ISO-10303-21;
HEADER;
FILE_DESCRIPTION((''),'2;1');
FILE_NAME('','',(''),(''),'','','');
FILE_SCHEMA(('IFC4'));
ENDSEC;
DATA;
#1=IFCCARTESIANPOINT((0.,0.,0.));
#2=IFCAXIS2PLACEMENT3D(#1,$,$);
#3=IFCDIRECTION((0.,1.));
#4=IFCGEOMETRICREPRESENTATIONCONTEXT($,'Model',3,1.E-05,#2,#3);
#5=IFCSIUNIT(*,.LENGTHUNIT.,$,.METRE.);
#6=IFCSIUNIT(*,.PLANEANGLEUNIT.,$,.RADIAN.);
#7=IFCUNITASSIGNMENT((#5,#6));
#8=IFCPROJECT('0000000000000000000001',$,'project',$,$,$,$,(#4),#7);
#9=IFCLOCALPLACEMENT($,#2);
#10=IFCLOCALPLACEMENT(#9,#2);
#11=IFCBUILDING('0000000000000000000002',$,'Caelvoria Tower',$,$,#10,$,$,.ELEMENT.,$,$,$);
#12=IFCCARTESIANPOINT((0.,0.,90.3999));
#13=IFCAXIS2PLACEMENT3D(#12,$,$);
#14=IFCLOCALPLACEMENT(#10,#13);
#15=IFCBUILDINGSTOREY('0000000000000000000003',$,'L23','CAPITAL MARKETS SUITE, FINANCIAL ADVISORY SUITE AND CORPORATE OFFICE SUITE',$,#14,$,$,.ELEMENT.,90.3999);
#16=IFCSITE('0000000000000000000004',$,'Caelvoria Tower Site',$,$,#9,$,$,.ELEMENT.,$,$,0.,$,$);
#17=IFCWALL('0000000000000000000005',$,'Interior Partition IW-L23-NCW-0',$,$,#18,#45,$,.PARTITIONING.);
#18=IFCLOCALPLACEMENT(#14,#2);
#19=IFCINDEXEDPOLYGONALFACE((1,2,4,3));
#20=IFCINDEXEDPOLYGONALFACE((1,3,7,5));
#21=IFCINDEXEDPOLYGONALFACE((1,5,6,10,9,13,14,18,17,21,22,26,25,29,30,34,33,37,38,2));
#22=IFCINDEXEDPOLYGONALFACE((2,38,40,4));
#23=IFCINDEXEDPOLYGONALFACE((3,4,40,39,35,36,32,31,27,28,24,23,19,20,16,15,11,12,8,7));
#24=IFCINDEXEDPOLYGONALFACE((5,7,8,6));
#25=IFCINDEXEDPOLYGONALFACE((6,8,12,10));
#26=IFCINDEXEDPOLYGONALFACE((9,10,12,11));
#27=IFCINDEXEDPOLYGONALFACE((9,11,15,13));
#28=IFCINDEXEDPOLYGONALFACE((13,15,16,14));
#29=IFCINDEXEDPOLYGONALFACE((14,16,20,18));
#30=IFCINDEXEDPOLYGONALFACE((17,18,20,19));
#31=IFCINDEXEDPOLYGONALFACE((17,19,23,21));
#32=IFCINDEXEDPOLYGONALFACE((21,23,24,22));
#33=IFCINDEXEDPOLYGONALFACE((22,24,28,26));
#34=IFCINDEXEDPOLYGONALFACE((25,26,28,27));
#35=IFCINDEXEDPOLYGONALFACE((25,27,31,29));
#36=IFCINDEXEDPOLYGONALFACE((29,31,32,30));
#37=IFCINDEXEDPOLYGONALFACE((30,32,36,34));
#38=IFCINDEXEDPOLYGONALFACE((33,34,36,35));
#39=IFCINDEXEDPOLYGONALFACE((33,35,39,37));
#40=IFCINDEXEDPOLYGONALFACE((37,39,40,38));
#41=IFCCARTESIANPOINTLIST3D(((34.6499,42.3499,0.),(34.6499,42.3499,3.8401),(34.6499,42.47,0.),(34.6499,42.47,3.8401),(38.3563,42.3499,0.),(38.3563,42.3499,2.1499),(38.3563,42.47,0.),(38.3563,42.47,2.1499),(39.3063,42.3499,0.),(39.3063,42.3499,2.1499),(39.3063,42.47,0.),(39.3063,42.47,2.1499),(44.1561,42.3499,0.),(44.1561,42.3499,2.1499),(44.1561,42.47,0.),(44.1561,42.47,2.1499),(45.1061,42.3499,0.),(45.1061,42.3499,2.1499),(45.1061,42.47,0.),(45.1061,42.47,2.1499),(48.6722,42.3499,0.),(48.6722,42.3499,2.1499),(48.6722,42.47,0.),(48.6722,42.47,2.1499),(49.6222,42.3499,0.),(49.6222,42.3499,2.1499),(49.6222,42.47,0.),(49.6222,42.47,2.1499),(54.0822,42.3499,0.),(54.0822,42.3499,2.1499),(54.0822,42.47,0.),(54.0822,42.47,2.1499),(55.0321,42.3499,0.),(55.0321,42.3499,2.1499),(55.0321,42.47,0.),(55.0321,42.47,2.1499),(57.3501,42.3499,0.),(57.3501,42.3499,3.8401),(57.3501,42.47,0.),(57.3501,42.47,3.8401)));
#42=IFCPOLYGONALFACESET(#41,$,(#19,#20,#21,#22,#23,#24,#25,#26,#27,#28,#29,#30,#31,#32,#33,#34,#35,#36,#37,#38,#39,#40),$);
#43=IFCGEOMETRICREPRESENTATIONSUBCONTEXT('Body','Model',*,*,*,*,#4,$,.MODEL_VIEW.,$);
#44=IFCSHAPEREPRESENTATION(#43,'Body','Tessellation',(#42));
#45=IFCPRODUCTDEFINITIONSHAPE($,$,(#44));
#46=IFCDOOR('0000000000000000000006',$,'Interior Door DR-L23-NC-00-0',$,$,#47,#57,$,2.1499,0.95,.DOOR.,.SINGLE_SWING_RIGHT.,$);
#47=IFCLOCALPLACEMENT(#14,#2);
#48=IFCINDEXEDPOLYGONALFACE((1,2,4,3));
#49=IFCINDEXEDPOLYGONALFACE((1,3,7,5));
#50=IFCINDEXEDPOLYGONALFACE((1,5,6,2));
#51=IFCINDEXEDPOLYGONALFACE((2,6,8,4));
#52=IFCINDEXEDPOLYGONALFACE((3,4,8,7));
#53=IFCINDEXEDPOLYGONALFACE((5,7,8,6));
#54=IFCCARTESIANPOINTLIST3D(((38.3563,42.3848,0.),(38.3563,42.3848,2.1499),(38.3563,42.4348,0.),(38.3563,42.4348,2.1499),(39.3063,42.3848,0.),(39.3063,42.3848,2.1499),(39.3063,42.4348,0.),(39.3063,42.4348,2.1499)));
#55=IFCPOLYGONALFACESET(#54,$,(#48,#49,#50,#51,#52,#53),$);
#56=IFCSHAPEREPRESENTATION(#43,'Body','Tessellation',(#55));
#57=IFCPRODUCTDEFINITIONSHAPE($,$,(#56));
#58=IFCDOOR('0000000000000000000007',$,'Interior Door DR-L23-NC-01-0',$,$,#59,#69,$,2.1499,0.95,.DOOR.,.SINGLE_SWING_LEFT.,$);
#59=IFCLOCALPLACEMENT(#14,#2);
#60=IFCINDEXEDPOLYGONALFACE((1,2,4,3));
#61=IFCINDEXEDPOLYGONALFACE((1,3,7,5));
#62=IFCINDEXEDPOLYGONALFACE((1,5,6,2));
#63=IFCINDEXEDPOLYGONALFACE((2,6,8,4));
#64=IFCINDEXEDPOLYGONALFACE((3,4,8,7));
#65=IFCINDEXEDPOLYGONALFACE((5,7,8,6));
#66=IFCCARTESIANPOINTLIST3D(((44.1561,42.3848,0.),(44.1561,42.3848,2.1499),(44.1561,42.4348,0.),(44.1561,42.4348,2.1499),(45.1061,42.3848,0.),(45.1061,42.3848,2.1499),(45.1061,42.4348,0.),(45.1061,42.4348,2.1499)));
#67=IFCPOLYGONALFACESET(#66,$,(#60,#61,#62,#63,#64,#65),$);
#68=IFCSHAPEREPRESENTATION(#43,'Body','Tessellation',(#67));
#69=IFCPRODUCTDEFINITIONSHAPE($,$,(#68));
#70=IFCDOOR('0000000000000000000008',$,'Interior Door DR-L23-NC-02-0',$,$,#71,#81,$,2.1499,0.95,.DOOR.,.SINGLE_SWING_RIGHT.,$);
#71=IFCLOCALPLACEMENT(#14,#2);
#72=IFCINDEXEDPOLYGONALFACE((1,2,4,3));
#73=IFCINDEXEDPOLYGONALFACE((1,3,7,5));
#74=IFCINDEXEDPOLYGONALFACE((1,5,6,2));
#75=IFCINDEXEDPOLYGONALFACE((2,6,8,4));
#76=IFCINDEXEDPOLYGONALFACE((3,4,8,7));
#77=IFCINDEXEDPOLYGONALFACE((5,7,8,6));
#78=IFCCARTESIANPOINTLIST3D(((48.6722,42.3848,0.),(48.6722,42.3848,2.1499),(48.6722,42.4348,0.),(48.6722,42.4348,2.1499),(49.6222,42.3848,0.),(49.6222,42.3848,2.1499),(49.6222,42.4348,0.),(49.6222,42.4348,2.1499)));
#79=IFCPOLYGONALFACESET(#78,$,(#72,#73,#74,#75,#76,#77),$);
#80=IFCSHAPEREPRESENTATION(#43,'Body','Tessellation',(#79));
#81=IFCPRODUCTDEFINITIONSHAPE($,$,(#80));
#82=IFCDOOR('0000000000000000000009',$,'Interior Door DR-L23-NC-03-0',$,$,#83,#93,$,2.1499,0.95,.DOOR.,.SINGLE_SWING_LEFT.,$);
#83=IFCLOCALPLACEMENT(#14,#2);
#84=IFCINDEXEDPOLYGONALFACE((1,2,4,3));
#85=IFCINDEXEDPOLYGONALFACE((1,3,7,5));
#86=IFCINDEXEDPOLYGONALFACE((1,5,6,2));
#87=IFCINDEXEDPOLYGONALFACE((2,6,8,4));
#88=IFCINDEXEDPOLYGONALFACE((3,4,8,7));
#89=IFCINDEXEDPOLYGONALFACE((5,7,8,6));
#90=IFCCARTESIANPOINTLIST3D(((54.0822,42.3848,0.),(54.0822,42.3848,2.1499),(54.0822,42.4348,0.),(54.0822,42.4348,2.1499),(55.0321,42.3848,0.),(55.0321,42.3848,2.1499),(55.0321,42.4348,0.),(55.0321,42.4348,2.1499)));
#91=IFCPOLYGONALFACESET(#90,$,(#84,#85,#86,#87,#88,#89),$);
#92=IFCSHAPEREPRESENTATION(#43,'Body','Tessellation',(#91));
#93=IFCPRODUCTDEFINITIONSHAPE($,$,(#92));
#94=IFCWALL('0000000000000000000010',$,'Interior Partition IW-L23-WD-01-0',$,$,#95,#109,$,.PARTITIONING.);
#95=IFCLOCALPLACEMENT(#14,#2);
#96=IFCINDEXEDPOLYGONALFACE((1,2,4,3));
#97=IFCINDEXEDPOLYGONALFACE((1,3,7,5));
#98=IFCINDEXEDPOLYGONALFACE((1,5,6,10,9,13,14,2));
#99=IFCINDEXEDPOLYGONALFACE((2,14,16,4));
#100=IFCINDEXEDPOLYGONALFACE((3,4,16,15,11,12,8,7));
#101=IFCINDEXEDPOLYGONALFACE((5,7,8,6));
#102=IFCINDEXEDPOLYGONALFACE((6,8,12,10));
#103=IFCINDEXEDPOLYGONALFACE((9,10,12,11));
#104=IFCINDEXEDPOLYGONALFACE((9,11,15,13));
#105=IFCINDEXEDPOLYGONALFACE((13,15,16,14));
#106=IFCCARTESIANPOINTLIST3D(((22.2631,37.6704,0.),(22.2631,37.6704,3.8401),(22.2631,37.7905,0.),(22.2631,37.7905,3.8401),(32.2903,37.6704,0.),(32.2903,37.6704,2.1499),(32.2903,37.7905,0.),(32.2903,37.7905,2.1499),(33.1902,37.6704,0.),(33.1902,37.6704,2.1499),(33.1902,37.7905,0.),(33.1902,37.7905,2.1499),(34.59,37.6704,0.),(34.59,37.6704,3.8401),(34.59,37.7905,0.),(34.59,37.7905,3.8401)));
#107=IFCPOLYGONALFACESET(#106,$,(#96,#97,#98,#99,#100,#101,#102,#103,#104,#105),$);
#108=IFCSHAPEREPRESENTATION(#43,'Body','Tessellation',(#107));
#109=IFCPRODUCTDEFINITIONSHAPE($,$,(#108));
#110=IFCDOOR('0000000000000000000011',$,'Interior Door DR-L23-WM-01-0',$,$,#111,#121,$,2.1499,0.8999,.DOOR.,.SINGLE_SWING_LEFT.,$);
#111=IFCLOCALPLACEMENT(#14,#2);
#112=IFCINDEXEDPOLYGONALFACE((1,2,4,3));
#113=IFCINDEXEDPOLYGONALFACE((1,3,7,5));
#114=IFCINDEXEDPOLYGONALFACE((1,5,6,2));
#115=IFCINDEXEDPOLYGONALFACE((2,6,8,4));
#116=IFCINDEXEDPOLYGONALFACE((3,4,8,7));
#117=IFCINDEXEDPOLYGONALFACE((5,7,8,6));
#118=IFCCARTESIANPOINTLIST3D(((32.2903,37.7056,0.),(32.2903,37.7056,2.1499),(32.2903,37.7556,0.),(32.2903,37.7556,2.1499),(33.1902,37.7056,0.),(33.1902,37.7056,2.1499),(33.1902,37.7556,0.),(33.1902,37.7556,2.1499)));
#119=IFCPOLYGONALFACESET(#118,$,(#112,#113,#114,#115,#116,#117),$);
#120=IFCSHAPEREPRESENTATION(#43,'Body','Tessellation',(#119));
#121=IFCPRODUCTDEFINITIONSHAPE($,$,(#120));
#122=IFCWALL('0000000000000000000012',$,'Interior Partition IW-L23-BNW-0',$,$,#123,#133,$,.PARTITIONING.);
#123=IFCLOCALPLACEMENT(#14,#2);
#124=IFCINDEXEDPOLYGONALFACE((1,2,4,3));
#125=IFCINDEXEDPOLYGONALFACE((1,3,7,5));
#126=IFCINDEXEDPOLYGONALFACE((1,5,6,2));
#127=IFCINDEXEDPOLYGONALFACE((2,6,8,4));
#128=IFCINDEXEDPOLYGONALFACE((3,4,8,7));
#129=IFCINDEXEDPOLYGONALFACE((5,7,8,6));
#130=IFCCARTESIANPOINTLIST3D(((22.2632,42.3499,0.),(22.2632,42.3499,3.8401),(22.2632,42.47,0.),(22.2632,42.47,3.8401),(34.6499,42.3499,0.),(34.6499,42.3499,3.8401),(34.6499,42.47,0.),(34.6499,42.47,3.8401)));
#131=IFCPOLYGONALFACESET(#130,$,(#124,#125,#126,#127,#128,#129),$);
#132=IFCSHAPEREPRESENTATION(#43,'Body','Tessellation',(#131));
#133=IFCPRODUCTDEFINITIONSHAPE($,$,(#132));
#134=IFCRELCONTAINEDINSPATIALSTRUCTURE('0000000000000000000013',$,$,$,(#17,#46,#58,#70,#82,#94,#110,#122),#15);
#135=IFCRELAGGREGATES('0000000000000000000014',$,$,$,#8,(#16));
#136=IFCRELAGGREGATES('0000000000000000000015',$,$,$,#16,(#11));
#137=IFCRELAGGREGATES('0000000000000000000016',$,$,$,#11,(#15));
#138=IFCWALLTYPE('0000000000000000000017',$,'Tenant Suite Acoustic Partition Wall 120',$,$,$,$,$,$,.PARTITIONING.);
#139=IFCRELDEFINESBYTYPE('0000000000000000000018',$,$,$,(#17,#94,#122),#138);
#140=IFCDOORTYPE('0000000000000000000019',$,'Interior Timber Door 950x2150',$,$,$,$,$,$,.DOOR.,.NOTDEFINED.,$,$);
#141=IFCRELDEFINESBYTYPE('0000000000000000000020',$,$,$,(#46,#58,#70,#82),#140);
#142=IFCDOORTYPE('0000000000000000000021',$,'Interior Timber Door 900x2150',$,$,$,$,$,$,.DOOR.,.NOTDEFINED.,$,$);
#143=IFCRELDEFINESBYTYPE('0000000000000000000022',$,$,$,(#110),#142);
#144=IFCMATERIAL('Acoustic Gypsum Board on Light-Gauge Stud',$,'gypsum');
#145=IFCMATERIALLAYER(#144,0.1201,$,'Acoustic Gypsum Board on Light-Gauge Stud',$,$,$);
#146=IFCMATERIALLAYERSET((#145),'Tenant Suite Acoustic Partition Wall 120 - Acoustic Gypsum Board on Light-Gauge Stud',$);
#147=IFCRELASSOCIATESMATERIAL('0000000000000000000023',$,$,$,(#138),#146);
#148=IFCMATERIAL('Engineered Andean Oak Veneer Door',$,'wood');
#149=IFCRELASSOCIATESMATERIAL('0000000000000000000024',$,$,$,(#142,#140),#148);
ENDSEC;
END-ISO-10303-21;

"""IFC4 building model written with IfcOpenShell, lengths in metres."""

from ifc_helpers import new_model, si_unit, direction, frame, frame_2d, origin, place, context, subcontext, project, spatial, rectangle, extrude, material, layer, layer_set, type_object, element, fill, save


model = new_model("IFC4")

# Units and contexts
model_context = context("Model", 3, precision=1e-05, world=origin(), true_north=direction((0.0, 1.0)))
body_context = subcontext(model_context, "Body", "Model", "MODEL_VIEW")
ifc_project = project(units=[si_unit("LENGTHUNIT", "METRE"), si_unit("PLANEANGLEUNIT", "RADIAN")], contexts=[model_context])

# Site, building, storey
site_placement = place(None, origin())
site = spatial("IfcSite", under=ifc_project, at=site_placement, Name="Caelvoria Tower Site", CompositionType="ELEMENT", RefElevation=0.0)
building_placement = place(site_placement, origin())
building = spatial("IfcBuilding", under=site, at=building_placement, Name="Caelvoria Tower", CompositionType="ELEMENT")
storey_placement = place(building_placement, frame((0.0, 0.0, 90.3999)))
storey = spatial("IfcBuildingStorey", under=building, at=storey_placement, Name="L23", Description="CAPITAL MARKETS SUITE, FINANCIAL ADVISORY SUITE AND CORPORATE OFFICE SUITE", CompositionType="ELEMENT", Elevation=90.3999)

# Shared definitions
ifc_material_1 = material(Name="Acoustic Gypsum Board on Light-Gauge Stud", Category="gypsum")
ifc_layer_1 = layer(ifc_material_1, 0.1201, Name="Acoustic Gypsum Board on Light-Gauge Stud")
ifc_layer_set_1 = layer_set([ifc_layer_1], Name="Tenant Suite Acoustic Partition Wall 120 - Acoustic Gypsum Board on Light-Gauge Stud")
wall_type_1 = type_object("IfcWallType", Name="Tenant Suite Acoustic Partition Wall 120", PredefinedType="PARTITIONING", material=ifc_layer_set_1)
ifc_material_2 = material(Name="Engineered Andean Oak Veneer Door", Category="wood")
door_type_1 = type_object("IfcDoorType", Name="Interior Timber Door 900x2150", OperationType="NOTDEFINED", PredefinedType="DOOR", material=ifc_material_2)

# Wall, openings, doors
wall_1_placement = place(storey_placement, frame((34.6499, 42.4099, 0.0), z_axis=(0.0, 0.0, 1.0), x_axis=(1.0, 0.0, 0.0)))
wall_1 = element("IfcWall", 1, at=wall_1_placement, inside=storey, type_object=wall_type_1, Name="Interior Partition IW-L23-NCW-0", PredefinedType="PARTITIONING", context=body_context, shape_type="SweptSolid", body=[
    extrude(rectangle(XDim=22.7002, YDim=0.1201, at=frame_2d((11.3501, 0.0))), origin(), (0.0, 0.0, 1.0), 3.8401),
])
opening_1_placement = place(wall_1_placement, frame((3.7063, 0.0, 0.0)))
opening_1 = element("IfcOpeningElement", 2, at=opening_1_placement, cuts=wall_1, PredefinedType="OPENING", context=body_context, shape_type="SweptSolid", body=[
    extrude(rectangle(XDim=0.95, YDim=2.1499, at=frame_2d((0.4751, 1.075))), frame((0.0, 0.0701, 0.0), z_axis=(0.0, -1.0, 0.0), x_axis=(1.0, 0.0, 0.0)), (0.0, 0.0, 1.0), 0.1401),
])
opening_2_placement = place(wall_1_placement, frame((9.5061, 0.0, 0.0)))
opening_2 = element("IfcOpeningElement", 3, at=opening_2_placement, cuts=wall_1, PredefinedType="OPENING", context=body_context, shape_type="SweptSolid", body=[
    extrude(rectangle(XDim=0.95, YDim=2.1499, at=frame_2d((0.4751, 1.075))), frame((0.0, 0.0701, 0.0), z_axis=(0.0, -1.0, 0.0), x_axis=(1.0, 0.0, 0.0)), (0.0, 0.0, 1.0), 0.1401),
])
opening_3_placement = place(wall_1_placement, frame((14.0222, 0.0, 0.0)))
opening_3 = element("IfcOpeningElement", 4, at=opening_3_placement, cuts=wall_1, PredefinedType="OPENING", context=body_context, shape_type="SweptSolid", body=[
    extrude(rectangle(XDim=0.95, YDim=2.1499, at=frame_2d((0.4751, 1.075))), frame((0.0, 0.0701, 0.0), z_axis=(0.0, -1.0, 0.0), x_axis=(1.0, 0.0, 0.0)), (0.0, 0.0, 1.0), 0.1401),
])
opening_4_placement = place(wall_1_placement, frame((19.4321, 0.0, 0.0)))
opening_4 = element("IfcOpeningElement", 5, at=opening_4_placement, cuts=wall_1, PredefinedType="OPENING", context=body_context, shape_type="SweptSolid", body=[
    extrude(rectangle(XDim=0.95, YDim=2.1499, at=frame_2d((0.4751, 1.075))), frame((0.0, 0.0701, 0.0), z_axis=(0.0, -1.0, 0.0), x_axis=(1.0, 0.0, 0.0)), (0.0, 0.0, 1.0), 0.1401),
])
door_type_2 = type_object("IfcDoorType", Name="Interior Timber Door 950x2150", OperationType="NOTDEFINED", PredefinedType="DOOR", material=ifc_material_2)
door_1_placement = place(opening_1_placement, origin())
door_1 = element("IfcDoor", 6, at=door_1_placement, inside=storey, type_object=door_type_2, Name="Interior Door DR-L23-NC-00-0", OperationType="SINGLE_SWING_RIGHT", OverallHeight=2.1499, OverallWidth=0.95, PredefinedType="DOOR", context=body_context, shape_type="SweptSolid", body=[
    extrude(rectangle(XDim=0.95, YDim=2.1499, at=frame_2d((0.4751, 1.075))), frame((0.0, 0.0249, 0.0), z_axis=(0.0, -1.0, 0.0), x_axis=(1.0, 0.0, 0.0)), (0.0, 0.0, 1.0), 0.05),
])
fill(opening_1, door_1)
door_2_placement = place(opening_2_placement, origin())
door_2 = element("IfcDoor", 7, at=door_2_placement, inside=storey, type_object=door_type_2, Name="Interior Door DR-L23-NC-01-0", OperationType="SINGLE_SWING_LEFT", OverallHeight=2.1499, OverallWidth=0.95, PredefinedType="DOOR", context=body_context, shape_type="SweptSolid", body=[
    extrude(rectangle(XDim=0.95, YDim=2.1499, at=frame_2d((0.4751, 1.075))), frame((0.0, 0.0249, 0.0), z_axis=(0.0, -1.0, 0.0), x_axis=(1.0, 0.0, 0.0)), (0.0, 0.0, 1.0), 0.05),
])
fill(opening_2, door_2)
door_3_placement = place(opening_3_placement, origin())
door_3 = element("IfcDoor", 8, at=door_3_placement, inside=storey, type_object=door_type_2, Name="Interior Door DR-L23-NC-02-0", OperationType="SINGLE_SWING_RIGHT", OverallHeight=2.1499, OverallWidth=0.95, PredefinedType="DOOR", context=body_context, shape_type="SweptSolid", body=[
    extrude(rectangle(XDim=0.95, YDim=2.1499, at=frame_2d((0.4751, 1.075))), frame((0.0, 0.0249, 0.0), z_axis=(0.0, -1.0, 0.0), x_axis=(1.0, 0.0, 0.0)), (0.0, 0.0, 1.0), 0.05),
])
fill(opening_3, door_3)
door_4_placement = place(opening_4_placement, origin())
door_4 = element("IfcDoor", 9, at=door_4_placement, inside=storey, type_object=door_type_2, Name="Interior Door DR-L23-NC-03-0", OperationType="SINGLE_SWING_LEFT", OverallHeight=2.1499, OverallWidth=0.95, PredefinedType="DOOR", context=body_context, shape_type="SweptSolid", body=[
    extrude(rectangle(XDim=0.95, YDim=2.1499, at=frame_2d((0.4751, 1.075))), frame((0.0, 0.0249, 0.0), z_axis=(0.0, -1.0, 0.0), x_axis=(1.0, 0.0, 0.0)), (0.0, 0.0, 1.0), 0.05),
])
fill(opening_4, door_4)

# Wall, opening, door
wall_2_placement = place(storey_placement, frame((34.5901, 37.7305, 0.0), z_axis=(0.0, 0.0, 1.0), x_axis=(-1.0, 0.0, 0.0)))
wall_2 = element("IfcWall", 10, at=wall_2_placement, inside=storey, type_object=wall_type_1, Name="Interior Partition IW-L23-WD-01-0", PredefinedType="PARTITIONING", context=body_context, shape_type="SweptSolid", body=[
    extrude(rectangle(XDim=12.3269, YDim=0.1201, at=frame_2d((6.1636, 0.0))), origin(), (0.0, 0.0, 1.0), 3.8401),
])
opening_5_placement = place(wall_2_placement, frame((1.3999, 0.0, 0.0)))
opening_5 = element("IfcOpeningElement", 11, at=opening_5_placement, cuts=wall_2, PredefinedType="OPENING", context=body_context, shape_type="SweptSolid", body=[
    extrude(rectangle(XDim=0.8999, YDim=2.1499, at=frame_2d((0.45, 1.075))), frame((0.0, 0.0701, 0.0), z_axis=(0.0, -1.0, 0.0), x_axis=(1.0, 0.0, 0.0)), (0.0, 0.0, 1.0), 0.1401),
])
door_5_placement = place(opening_5_placement, origin())
door_5 = element("IfcDoor", 12, at=door_5_placement, inside=storey, type_object=door_type_1, Name="Interior Door DR-L23-WM-01-0", OperationType="SINGLE_SWING_LEFT", OverallHeight=2.1499, OverallWidth=0.8999, PredefinedType="DOOR", context=body_context, shape_type="SweptSolid", body=[
    extrude(rectangle(XDim=0.8999, YDim=2.1499, at=frame_2d((0.45, 1.075))), frame((0.0, 0.0249, 0.0), z_axis=(0.0, -1.0, 0.0), x_axis=(1.0, 0.0, 0.0)), (0.0, 0.0, 1.0), 0.05),
])
fill(opening_5, door_5)

# Wall
wall_3_placement = place(storey_placement, frame((34.6499, 42.4099, 0.0), z_axis=(0.0, 0.0, 1.0), x_axis=(-1.0, 0.0, 0.0)))
element("IfcWall", 13, at=wall_3_placement, inside=storey, type_object=wall_type_1, Name="Interior Partition IW-L23-BNW-0", PredefinedType="PARTITIONING", context=body_context, shape_type="SweptSolid", body=[
    extrude(rectangle(XDim=12.3867, YDim=0.1201, at=frame_2d((6.1934, 0.0))), origin(), (0.0, 0.0, 1.0), 3.8401),
])

save(model, "model.ifc")
